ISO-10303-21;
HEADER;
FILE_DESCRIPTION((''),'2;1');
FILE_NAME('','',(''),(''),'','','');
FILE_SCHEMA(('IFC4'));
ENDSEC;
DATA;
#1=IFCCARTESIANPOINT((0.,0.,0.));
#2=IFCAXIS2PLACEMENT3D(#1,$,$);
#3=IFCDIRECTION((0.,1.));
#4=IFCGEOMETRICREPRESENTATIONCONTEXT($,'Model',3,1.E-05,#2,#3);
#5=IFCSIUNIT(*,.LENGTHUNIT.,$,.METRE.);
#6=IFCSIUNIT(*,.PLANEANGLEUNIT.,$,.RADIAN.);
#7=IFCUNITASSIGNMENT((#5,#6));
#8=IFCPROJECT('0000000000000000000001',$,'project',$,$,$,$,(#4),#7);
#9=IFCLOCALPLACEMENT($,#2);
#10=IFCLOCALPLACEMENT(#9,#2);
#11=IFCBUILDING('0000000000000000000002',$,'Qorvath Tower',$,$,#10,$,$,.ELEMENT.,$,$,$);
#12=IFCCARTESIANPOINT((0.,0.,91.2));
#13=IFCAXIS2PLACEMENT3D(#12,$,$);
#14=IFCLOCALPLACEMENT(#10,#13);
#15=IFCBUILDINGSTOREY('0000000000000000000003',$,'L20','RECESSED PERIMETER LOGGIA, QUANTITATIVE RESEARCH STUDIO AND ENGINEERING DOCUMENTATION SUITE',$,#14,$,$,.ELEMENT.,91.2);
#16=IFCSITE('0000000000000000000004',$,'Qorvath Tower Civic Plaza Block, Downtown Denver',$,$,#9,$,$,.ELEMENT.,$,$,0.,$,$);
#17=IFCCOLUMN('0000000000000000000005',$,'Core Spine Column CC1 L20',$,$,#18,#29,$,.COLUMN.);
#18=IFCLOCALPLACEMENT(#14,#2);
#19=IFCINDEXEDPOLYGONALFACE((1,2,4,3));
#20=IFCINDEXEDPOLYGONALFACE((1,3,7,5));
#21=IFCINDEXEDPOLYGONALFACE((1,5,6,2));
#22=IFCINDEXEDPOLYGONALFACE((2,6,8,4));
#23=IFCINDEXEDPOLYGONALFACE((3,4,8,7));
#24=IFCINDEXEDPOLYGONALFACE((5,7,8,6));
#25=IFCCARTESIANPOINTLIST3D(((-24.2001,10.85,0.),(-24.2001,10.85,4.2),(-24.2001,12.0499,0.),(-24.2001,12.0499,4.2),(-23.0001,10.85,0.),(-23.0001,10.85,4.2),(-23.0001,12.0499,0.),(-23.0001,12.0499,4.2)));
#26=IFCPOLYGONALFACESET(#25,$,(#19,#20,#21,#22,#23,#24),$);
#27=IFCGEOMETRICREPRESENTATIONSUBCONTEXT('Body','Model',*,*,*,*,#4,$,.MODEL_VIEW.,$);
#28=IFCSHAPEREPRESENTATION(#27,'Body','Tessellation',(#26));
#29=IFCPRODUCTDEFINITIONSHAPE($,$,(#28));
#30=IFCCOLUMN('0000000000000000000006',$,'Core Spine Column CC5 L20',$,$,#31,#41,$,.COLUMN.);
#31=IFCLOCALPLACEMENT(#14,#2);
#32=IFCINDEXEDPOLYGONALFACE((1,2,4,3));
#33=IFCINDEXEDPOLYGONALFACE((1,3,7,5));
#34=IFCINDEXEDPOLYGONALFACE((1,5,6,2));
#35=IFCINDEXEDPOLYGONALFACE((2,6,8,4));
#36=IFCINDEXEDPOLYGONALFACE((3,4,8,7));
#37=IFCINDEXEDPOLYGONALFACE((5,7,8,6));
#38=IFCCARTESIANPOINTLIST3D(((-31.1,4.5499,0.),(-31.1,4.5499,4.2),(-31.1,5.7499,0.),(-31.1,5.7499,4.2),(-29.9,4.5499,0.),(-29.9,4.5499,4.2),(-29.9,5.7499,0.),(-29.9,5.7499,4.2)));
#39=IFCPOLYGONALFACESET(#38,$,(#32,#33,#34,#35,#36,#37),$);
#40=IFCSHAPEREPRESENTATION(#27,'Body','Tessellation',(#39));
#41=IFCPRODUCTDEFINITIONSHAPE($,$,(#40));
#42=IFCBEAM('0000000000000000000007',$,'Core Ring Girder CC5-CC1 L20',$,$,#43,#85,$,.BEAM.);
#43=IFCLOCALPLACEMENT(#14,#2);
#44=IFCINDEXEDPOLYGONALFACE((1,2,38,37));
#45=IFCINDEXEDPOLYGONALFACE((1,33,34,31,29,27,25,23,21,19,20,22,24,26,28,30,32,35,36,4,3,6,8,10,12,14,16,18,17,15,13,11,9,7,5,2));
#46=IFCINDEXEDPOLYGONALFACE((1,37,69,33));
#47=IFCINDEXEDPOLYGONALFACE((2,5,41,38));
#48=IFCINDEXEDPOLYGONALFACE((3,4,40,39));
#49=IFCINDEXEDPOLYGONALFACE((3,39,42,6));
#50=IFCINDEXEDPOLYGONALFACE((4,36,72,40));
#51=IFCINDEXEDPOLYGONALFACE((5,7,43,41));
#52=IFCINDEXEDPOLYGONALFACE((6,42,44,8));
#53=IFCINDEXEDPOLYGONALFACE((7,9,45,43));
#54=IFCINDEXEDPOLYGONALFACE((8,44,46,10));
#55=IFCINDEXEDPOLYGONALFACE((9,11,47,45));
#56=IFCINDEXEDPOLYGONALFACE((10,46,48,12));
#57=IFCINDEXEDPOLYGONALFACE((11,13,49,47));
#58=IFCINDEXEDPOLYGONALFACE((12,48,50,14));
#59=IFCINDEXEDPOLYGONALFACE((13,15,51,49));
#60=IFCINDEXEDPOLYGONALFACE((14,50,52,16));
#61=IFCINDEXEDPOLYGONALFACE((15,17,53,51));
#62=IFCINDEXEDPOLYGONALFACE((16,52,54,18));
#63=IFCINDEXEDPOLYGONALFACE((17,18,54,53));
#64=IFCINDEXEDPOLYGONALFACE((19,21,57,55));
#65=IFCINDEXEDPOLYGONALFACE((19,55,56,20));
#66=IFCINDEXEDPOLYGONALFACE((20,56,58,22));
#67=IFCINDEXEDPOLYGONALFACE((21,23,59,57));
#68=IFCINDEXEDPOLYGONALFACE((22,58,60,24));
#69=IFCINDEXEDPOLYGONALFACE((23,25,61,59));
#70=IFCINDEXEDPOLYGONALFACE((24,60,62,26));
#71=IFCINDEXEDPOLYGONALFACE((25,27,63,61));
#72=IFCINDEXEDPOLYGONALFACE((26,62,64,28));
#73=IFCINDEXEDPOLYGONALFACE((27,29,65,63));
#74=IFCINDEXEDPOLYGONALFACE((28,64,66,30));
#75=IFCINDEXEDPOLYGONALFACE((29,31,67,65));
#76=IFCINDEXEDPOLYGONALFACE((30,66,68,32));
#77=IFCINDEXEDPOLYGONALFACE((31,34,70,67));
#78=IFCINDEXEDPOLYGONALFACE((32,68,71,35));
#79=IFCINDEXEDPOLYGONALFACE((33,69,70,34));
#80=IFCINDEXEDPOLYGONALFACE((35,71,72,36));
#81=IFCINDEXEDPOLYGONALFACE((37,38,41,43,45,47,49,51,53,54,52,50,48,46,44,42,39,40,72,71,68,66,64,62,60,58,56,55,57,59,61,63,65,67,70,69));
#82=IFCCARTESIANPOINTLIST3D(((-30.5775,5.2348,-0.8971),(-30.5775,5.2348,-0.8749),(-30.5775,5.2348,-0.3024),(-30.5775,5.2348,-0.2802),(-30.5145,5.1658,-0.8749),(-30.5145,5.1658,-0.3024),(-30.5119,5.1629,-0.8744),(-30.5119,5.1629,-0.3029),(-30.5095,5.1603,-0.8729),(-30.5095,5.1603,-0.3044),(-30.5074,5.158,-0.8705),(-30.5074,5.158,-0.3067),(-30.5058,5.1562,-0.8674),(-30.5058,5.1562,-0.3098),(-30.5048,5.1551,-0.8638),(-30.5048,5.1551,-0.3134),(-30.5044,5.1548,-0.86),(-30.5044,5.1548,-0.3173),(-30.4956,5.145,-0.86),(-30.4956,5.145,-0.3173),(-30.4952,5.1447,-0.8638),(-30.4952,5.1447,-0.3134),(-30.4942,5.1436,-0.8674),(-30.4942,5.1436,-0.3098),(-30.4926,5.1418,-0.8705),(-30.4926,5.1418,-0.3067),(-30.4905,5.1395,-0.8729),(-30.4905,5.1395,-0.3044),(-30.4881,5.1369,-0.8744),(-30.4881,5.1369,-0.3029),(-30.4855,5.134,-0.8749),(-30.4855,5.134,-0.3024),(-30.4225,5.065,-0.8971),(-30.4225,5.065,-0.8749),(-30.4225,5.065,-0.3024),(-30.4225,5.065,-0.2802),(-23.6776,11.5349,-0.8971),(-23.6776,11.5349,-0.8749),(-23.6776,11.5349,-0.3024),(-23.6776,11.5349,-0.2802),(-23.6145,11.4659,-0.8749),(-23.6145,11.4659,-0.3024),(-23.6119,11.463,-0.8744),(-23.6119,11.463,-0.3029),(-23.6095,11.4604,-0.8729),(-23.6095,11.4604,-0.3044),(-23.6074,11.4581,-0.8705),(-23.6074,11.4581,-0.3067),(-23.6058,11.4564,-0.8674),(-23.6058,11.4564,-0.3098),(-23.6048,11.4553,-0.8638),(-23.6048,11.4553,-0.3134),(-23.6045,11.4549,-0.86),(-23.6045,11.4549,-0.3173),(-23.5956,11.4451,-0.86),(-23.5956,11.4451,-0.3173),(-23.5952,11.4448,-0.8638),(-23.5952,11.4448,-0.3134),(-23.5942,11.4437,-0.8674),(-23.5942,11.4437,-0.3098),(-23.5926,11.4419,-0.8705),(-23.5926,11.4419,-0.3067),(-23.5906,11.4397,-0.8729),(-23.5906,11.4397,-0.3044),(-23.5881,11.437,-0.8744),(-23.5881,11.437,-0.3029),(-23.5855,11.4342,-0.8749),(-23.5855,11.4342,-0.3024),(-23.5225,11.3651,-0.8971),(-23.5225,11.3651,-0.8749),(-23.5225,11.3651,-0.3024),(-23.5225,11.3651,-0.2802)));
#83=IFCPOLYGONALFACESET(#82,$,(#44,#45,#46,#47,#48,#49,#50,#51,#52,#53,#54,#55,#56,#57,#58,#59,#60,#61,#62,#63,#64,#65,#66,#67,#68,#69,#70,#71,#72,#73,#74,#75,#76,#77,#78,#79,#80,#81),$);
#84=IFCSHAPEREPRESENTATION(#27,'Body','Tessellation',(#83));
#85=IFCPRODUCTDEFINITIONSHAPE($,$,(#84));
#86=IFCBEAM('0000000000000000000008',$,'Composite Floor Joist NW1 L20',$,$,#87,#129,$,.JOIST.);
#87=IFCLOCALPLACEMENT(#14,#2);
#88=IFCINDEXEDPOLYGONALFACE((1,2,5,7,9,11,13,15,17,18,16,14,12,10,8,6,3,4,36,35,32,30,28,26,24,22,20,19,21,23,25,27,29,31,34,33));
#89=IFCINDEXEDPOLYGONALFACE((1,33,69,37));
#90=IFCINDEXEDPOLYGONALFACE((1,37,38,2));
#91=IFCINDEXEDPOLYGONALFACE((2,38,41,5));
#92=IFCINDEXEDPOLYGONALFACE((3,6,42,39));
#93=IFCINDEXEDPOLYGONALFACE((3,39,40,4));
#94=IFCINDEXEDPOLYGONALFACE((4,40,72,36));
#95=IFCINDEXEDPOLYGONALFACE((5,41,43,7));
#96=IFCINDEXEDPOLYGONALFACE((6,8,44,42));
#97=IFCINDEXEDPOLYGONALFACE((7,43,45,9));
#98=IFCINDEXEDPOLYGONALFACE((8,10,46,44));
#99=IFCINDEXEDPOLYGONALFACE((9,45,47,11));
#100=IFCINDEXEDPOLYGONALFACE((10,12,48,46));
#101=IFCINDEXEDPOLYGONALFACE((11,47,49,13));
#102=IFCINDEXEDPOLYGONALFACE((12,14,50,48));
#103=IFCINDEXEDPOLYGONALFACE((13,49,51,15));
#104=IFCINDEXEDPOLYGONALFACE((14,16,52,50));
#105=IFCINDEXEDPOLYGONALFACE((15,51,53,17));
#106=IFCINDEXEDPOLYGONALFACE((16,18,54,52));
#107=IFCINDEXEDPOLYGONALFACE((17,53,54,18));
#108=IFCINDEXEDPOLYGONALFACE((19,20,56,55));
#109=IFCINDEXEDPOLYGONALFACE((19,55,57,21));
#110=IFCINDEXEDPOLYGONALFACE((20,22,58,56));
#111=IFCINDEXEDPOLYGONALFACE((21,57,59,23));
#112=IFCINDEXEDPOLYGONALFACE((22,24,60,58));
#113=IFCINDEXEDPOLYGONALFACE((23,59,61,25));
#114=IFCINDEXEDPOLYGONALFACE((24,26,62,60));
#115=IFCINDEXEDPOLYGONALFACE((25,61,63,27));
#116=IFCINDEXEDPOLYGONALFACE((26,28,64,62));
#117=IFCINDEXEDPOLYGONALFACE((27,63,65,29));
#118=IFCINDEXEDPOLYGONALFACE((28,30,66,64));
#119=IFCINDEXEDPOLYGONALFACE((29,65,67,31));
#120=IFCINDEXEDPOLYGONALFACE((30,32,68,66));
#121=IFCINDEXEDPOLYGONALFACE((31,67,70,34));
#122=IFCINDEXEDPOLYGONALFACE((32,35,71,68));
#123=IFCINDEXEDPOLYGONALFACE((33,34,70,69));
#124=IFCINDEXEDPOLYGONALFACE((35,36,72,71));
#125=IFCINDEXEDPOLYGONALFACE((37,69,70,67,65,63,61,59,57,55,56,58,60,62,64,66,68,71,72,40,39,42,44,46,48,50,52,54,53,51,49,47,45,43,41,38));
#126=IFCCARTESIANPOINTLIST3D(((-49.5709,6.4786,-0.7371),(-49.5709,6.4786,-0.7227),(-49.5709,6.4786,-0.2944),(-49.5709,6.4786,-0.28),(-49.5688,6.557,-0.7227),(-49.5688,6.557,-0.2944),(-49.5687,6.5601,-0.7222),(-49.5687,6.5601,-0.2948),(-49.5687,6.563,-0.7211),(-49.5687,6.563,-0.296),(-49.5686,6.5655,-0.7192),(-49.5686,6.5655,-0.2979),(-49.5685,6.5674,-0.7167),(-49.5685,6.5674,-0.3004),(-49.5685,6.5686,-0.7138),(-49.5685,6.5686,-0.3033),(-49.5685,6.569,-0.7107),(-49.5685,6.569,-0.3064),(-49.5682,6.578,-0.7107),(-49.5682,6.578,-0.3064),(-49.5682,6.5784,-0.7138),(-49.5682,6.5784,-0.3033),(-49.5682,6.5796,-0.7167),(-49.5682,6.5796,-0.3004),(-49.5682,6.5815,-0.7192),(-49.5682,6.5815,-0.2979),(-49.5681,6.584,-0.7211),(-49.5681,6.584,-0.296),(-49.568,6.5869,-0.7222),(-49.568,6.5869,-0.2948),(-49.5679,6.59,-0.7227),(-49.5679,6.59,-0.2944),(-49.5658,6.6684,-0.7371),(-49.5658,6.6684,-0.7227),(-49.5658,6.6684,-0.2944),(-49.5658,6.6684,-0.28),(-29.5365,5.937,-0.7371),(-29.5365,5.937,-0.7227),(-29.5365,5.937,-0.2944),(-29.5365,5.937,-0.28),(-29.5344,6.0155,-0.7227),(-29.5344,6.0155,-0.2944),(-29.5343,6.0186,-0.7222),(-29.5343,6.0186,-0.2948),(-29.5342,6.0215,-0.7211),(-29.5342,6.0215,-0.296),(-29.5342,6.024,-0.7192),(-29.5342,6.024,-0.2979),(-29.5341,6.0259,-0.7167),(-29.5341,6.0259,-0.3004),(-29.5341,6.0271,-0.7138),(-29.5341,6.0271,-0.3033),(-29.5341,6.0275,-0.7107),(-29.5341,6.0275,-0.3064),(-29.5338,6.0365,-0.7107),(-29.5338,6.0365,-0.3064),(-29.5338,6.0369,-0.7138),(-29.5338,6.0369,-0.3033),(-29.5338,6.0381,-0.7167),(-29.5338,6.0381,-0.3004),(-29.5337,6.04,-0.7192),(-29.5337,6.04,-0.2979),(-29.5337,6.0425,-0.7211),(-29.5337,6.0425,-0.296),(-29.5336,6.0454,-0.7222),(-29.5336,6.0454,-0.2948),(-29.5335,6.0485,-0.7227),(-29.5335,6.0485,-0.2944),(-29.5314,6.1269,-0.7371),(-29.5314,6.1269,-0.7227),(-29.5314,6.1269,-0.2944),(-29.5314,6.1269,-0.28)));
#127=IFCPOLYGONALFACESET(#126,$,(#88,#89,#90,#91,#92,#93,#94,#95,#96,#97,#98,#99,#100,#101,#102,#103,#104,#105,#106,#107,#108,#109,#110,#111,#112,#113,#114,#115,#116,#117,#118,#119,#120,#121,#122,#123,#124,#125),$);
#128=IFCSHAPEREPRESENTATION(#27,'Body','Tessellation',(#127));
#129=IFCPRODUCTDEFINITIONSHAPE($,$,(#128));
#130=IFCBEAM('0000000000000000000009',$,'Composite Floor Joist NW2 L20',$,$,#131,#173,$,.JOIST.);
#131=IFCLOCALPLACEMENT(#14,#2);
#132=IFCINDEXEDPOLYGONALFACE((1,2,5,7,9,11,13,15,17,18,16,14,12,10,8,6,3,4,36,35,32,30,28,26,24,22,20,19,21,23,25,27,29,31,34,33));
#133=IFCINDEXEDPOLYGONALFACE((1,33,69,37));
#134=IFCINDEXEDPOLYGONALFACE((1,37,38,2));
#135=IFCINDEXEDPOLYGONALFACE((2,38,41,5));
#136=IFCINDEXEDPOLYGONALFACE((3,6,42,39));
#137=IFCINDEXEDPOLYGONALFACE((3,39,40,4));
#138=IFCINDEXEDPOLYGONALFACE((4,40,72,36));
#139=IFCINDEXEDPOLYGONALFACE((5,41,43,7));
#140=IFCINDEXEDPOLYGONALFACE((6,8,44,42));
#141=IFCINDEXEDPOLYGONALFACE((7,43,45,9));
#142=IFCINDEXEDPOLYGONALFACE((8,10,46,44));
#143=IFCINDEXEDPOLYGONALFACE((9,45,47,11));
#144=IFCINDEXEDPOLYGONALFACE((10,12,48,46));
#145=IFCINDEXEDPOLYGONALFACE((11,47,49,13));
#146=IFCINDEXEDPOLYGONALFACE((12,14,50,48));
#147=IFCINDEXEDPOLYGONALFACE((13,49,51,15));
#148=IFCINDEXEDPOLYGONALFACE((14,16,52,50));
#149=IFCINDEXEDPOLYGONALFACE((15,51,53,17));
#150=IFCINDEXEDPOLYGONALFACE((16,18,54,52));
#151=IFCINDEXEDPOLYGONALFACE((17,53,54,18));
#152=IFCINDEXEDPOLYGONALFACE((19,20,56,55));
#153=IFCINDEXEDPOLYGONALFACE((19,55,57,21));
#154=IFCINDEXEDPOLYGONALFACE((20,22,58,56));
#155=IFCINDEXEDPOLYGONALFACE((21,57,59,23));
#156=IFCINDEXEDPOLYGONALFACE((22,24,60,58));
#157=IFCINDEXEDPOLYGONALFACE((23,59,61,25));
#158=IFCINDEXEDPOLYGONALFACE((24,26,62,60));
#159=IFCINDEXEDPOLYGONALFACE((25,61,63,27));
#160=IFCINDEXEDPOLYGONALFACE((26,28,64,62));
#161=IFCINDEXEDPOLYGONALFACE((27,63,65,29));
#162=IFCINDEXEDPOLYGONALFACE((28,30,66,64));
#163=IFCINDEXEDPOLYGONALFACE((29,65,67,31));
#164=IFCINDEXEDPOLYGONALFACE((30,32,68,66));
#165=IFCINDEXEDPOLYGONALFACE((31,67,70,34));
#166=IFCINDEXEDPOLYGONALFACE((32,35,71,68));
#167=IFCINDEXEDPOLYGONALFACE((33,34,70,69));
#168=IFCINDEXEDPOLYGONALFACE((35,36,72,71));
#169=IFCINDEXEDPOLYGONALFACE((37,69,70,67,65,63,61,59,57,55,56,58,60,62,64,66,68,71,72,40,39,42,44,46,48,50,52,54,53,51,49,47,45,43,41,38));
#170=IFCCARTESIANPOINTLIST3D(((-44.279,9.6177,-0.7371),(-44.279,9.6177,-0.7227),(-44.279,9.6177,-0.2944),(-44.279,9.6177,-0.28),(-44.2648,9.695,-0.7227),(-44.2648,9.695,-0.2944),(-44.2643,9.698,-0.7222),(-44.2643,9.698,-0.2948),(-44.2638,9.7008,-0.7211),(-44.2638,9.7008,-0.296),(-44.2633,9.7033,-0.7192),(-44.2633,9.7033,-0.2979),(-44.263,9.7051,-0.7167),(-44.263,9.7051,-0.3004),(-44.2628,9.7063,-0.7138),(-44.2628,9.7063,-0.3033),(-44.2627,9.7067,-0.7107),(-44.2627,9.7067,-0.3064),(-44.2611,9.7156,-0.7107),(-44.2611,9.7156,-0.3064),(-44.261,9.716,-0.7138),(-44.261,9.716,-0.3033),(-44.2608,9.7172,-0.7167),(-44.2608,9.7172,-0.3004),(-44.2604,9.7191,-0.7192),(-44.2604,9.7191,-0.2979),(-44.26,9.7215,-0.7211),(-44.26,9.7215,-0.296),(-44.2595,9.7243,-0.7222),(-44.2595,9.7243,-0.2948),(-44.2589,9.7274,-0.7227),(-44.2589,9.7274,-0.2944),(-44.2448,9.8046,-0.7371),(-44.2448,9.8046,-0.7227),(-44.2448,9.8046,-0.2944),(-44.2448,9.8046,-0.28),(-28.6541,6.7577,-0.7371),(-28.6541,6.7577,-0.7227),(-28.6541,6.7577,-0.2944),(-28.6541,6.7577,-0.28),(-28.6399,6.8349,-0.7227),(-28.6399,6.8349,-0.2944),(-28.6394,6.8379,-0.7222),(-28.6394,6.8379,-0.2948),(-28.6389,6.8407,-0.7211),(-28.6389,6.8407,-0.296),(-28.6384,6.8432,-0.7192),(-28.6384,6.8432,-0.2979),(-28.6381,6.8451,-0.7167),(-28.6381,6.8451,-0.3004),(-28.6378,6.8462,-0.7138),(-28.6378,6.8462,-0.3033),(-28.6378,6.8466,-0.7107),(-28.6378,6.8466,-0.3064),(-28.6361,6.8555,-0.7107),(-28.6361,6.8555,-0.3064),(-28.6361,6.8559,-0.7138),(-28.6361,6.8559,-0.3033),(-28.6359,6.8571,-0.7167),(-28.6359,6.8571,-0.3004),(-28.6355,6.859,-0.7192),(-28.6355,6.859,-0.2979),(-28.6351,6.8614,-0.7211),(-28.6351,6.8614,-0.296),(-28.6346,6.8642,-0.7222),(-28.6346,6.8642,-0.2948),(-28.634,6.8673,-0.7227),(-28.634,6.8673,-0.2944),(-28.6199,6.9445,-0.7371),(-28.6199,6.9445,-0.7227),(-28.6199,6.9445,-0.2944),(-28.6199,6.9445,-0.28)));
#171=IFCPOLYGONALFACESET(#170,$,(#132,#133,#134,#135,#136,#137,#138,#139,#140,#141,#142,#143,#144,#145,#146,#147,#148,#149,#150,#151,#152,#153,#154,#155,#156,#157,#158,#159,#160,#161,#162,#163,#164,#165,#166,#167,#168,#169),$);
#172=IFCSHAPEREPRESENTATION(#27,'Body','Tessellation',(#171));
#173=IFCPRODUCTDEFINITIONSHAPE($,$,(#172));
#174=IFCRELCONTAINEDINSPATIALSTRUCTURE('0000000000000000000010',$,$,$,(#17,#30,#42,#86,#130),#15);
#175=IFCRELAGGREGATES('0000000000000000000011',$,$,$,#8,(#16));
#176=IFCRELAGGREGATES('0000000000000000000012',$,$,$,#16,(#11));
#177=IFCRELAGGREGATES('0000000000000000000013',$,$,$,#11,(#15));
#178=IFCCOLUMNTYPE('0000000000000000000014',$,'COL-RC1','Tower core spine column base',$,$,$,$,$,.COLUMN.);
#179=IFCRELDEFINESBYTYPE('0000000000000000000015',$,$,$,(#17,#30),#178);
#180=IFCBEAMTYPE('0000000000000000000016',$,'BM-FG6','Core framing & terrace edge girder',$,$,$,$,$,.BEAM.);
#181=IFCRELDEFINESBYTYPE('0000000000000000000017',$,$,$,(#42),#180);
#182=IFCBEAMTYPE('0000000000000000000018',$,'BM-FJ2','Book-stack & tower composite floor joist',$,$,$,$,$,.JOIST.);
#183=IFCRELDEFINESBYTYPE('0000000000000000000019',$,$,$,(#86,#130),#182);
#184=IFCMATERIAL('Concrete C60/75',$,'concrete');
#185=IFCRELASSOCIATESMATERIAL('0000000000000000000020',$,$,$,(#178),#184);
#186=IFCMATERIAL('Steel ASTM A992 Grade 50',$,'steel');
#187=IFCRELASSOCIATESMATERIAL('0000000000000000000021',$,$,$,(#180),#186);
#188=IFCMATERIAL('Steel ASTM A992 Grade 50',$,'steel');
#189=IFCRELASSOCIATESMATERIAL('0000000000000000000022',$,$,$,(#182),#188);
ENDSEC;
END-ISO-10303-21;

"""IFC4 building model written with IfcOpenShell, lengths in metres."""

from ifc_helpers import new_model, si_unit, direction, frame, origin, origin_2d, place, context, subcontext, project, spatial, rectangle, i_section, extrude, material, material_profile, profile_set, type_object, element, save


model = new_model("IFC4")

# Units and contexts
model_context = context("Model", 3, precision=1e-05, world=origin(), true_north=direction((0.0, 1.0)))
body_context = subcontext(model_context, "Body", "Model", "MODEL_VIEW")
ifc_project = project(units=[si_unit("LENGTHUNIT", "METRE"), si_unit("PLANEANGLEUNIT", "RADIAN")], contexts=[model_context])

# Site, building, storey
site_placement = place(None, origin())
site = spatial("IfcSite", under=ifc_project, at=site_placement, Name="Qorvath Tower Civic Plaza Block, Downtown Denver", CompositionType="ELEMENT", RefElevation=0.0)
building_placement = place(site_placement, origin())
building = spatial("IfcBuilding", under=site, at=building_placement, Name="Qorvath Tower", CompositionType="ELEMENT")
storey_placement = place(building_placement, frame((0.0, 0.0, 91.2)))
storey = spatial("IfcBuildingStorey", under=building, at=storey_placement, Name="L20", Description="RECESSED PERIMETER LOGGIA, QUANTITATIVE RESEARCH STUDIO AND ENGINEERING DOCUMENTATION SUITE", CompositionType="ELEMENT", Elevation=91.2)

# Columns
ifc_material_1 = material(Name="Concrete C60/75", Category="concrete")
ifc_material_profile_1 = material_profile(ifc_material_1, rectangle(XDim=1.2, YDim=1.2, at=origin_2d()), Name="RC 1200x1200")
ifc_profile_set_1 = profile_set([ifc_material_profile_1], Name="Concrete C60/75")
column_type = type_object("IfcColumnType", Name="COL-RC1", Description="Tower core spine column base", PredefinedType="COLUMN", material=ifc_profile_set_1)
for number, where, z_axis, x_axis, name in (
    (1, (-23.6001, 11.45, 0.0), (0.0, 0.0, 1.0), (1.0, 0.0, 0.0), "Core Spine Column CC1 L20"),
    (2, (-30.5, 5.1499, 0.0), (0.0, 0.0, 1.0), (1.0, 0.0, 0.0), "Core Spine Column CC5 L20"),
):
    element("IfcColumn", number, at=place(storey_placement, frame(where, z_axis=z_axis, x_axis=x_axis)), inside=storey, type_object=column_type, Name=name, PredefinedType="COLUMN", context=body_context, shape_type="SweptSolid", body=[
        extrude(rectangle(XDim=1.2, YDim=1.2, at=origin_2d()), origin(), (0.0, 0.0, 1.0), 4.2),
    ])

# Beams
ifc_material_2 = material(Name="Steel ASTM A992 Grade 50", Category="steel")
ifc_material_profile_2 = material_profile(ifc_material_2, i_section(OverallWidth=0.23, OverallDepth=0.6169, WebThickness=0.0132, FlangeThickness=0.0222, FilletRadius=0.0149, at=origin_2d()), Name="W24x94")
ifc_profile_set_2 = profile_set([ifc_material_profile_2], Name="Steel ASTM A992 Grade 50")
beam_type_1 = type_object("IfcBeamType", Name="BM-FG6", Description="Core framing & terrace edge girder", PredefinedType="BEAM", material=ifc_profile_set_2)
beam_1_placement = place(storey_placement, frame((-30.5, 5.1499, -0.5886), z_axis=(0.738478, 0.674277, 0.0), x_axis=(-0.674277, 0.738478, 0.0)))
element("IfcBeam", 3, at=beam_1_placement, inside=storey, type_object=beam_type_1, Name="Core Ring Girder CC5-CC1 L20", PredefinedType="BEAM", context=body_context, shape_type="SweptSolid", body=[
    extrude(i_section(OverallWidth=0.23, OverallDepth=0.6169, WebThickness=0.0132, FlangeThickness=0.0222, FilletRadius=0.0149, at=origin_2d()), origin(), (0.0, 0.0, 1.0), 9.3435),
])
ifc_material_3 = material(Name="Steel ASTM A992 Grade 50", Category="steel")
ifc_material_profile_3 = material_profile(ifc_material_3, i_section(OverallWidth=0.1899, OverallDepth=0.457, WebThickness=0.009, FlangeThickness=0.0144, FilletRadius=0.012, at=origin_2d()), Name="W18x50")
ifc_profile_set_3 = profile_set([ifc_material_profile_3], Name="Steel ASTM A992 Grade 50")
beam_type_2 = type_object("IfcBeamType", Name="BM-FJ2", Description="Book-stack & tower composite floor joist", PredefinedType="JOIST", material=ifc_profile_set_3)
beam_2_placement = place(storey_placement, frame((-29.5339, 6.032, -0.5085), z_axis=(-0.999635, 0.027019, 0.0), x_axis=(-0.027019, -0.999635, 0.0)))
element("IfcBeam", 4, at=beam_2_placement, inside=storey, type_object=beam_type_2, Name="Composite Floor Joist NW1 L20", PredefinedType="JOIST", context=body_context, shape_type="SweptSolid", body=[
    extrude(i_section(OverallWidth=0.1899, OverallDepth=0.457, WebThickness=0.009, FlangeThickness=0.0144, FilletRadius=0.012, at=origin_2d()), origin(), (0.0, 0.0, 1.0), 20.0417),
])
beam_3_placement = place(storey_placement, frame((-28.637, 6.8511, -0.5085), z_axis=(-0.983656, 0.180055, 0.0), x_axis=(-0.180055, -0.983656, 0.0)))
element("IfcBeam", 5, at=beam_3_placement, inside=storey, type_object=beam_type_2, Name="Composite Floor Joist NW2 L20", PredefinedType="JOIST", context=body_context, shape_type="SweptSolid", body=[
    extrude(i_section(OverallWidth=0.1899, OverallDepth=0.457, WebThickness=0.009, FlangeThickness=0.0144, FilletRadius=0.012, at=origin_2d()), origin(), (0.0, 0.0, 1.0), 15.8845),
])

save(model, "model.ifc")
